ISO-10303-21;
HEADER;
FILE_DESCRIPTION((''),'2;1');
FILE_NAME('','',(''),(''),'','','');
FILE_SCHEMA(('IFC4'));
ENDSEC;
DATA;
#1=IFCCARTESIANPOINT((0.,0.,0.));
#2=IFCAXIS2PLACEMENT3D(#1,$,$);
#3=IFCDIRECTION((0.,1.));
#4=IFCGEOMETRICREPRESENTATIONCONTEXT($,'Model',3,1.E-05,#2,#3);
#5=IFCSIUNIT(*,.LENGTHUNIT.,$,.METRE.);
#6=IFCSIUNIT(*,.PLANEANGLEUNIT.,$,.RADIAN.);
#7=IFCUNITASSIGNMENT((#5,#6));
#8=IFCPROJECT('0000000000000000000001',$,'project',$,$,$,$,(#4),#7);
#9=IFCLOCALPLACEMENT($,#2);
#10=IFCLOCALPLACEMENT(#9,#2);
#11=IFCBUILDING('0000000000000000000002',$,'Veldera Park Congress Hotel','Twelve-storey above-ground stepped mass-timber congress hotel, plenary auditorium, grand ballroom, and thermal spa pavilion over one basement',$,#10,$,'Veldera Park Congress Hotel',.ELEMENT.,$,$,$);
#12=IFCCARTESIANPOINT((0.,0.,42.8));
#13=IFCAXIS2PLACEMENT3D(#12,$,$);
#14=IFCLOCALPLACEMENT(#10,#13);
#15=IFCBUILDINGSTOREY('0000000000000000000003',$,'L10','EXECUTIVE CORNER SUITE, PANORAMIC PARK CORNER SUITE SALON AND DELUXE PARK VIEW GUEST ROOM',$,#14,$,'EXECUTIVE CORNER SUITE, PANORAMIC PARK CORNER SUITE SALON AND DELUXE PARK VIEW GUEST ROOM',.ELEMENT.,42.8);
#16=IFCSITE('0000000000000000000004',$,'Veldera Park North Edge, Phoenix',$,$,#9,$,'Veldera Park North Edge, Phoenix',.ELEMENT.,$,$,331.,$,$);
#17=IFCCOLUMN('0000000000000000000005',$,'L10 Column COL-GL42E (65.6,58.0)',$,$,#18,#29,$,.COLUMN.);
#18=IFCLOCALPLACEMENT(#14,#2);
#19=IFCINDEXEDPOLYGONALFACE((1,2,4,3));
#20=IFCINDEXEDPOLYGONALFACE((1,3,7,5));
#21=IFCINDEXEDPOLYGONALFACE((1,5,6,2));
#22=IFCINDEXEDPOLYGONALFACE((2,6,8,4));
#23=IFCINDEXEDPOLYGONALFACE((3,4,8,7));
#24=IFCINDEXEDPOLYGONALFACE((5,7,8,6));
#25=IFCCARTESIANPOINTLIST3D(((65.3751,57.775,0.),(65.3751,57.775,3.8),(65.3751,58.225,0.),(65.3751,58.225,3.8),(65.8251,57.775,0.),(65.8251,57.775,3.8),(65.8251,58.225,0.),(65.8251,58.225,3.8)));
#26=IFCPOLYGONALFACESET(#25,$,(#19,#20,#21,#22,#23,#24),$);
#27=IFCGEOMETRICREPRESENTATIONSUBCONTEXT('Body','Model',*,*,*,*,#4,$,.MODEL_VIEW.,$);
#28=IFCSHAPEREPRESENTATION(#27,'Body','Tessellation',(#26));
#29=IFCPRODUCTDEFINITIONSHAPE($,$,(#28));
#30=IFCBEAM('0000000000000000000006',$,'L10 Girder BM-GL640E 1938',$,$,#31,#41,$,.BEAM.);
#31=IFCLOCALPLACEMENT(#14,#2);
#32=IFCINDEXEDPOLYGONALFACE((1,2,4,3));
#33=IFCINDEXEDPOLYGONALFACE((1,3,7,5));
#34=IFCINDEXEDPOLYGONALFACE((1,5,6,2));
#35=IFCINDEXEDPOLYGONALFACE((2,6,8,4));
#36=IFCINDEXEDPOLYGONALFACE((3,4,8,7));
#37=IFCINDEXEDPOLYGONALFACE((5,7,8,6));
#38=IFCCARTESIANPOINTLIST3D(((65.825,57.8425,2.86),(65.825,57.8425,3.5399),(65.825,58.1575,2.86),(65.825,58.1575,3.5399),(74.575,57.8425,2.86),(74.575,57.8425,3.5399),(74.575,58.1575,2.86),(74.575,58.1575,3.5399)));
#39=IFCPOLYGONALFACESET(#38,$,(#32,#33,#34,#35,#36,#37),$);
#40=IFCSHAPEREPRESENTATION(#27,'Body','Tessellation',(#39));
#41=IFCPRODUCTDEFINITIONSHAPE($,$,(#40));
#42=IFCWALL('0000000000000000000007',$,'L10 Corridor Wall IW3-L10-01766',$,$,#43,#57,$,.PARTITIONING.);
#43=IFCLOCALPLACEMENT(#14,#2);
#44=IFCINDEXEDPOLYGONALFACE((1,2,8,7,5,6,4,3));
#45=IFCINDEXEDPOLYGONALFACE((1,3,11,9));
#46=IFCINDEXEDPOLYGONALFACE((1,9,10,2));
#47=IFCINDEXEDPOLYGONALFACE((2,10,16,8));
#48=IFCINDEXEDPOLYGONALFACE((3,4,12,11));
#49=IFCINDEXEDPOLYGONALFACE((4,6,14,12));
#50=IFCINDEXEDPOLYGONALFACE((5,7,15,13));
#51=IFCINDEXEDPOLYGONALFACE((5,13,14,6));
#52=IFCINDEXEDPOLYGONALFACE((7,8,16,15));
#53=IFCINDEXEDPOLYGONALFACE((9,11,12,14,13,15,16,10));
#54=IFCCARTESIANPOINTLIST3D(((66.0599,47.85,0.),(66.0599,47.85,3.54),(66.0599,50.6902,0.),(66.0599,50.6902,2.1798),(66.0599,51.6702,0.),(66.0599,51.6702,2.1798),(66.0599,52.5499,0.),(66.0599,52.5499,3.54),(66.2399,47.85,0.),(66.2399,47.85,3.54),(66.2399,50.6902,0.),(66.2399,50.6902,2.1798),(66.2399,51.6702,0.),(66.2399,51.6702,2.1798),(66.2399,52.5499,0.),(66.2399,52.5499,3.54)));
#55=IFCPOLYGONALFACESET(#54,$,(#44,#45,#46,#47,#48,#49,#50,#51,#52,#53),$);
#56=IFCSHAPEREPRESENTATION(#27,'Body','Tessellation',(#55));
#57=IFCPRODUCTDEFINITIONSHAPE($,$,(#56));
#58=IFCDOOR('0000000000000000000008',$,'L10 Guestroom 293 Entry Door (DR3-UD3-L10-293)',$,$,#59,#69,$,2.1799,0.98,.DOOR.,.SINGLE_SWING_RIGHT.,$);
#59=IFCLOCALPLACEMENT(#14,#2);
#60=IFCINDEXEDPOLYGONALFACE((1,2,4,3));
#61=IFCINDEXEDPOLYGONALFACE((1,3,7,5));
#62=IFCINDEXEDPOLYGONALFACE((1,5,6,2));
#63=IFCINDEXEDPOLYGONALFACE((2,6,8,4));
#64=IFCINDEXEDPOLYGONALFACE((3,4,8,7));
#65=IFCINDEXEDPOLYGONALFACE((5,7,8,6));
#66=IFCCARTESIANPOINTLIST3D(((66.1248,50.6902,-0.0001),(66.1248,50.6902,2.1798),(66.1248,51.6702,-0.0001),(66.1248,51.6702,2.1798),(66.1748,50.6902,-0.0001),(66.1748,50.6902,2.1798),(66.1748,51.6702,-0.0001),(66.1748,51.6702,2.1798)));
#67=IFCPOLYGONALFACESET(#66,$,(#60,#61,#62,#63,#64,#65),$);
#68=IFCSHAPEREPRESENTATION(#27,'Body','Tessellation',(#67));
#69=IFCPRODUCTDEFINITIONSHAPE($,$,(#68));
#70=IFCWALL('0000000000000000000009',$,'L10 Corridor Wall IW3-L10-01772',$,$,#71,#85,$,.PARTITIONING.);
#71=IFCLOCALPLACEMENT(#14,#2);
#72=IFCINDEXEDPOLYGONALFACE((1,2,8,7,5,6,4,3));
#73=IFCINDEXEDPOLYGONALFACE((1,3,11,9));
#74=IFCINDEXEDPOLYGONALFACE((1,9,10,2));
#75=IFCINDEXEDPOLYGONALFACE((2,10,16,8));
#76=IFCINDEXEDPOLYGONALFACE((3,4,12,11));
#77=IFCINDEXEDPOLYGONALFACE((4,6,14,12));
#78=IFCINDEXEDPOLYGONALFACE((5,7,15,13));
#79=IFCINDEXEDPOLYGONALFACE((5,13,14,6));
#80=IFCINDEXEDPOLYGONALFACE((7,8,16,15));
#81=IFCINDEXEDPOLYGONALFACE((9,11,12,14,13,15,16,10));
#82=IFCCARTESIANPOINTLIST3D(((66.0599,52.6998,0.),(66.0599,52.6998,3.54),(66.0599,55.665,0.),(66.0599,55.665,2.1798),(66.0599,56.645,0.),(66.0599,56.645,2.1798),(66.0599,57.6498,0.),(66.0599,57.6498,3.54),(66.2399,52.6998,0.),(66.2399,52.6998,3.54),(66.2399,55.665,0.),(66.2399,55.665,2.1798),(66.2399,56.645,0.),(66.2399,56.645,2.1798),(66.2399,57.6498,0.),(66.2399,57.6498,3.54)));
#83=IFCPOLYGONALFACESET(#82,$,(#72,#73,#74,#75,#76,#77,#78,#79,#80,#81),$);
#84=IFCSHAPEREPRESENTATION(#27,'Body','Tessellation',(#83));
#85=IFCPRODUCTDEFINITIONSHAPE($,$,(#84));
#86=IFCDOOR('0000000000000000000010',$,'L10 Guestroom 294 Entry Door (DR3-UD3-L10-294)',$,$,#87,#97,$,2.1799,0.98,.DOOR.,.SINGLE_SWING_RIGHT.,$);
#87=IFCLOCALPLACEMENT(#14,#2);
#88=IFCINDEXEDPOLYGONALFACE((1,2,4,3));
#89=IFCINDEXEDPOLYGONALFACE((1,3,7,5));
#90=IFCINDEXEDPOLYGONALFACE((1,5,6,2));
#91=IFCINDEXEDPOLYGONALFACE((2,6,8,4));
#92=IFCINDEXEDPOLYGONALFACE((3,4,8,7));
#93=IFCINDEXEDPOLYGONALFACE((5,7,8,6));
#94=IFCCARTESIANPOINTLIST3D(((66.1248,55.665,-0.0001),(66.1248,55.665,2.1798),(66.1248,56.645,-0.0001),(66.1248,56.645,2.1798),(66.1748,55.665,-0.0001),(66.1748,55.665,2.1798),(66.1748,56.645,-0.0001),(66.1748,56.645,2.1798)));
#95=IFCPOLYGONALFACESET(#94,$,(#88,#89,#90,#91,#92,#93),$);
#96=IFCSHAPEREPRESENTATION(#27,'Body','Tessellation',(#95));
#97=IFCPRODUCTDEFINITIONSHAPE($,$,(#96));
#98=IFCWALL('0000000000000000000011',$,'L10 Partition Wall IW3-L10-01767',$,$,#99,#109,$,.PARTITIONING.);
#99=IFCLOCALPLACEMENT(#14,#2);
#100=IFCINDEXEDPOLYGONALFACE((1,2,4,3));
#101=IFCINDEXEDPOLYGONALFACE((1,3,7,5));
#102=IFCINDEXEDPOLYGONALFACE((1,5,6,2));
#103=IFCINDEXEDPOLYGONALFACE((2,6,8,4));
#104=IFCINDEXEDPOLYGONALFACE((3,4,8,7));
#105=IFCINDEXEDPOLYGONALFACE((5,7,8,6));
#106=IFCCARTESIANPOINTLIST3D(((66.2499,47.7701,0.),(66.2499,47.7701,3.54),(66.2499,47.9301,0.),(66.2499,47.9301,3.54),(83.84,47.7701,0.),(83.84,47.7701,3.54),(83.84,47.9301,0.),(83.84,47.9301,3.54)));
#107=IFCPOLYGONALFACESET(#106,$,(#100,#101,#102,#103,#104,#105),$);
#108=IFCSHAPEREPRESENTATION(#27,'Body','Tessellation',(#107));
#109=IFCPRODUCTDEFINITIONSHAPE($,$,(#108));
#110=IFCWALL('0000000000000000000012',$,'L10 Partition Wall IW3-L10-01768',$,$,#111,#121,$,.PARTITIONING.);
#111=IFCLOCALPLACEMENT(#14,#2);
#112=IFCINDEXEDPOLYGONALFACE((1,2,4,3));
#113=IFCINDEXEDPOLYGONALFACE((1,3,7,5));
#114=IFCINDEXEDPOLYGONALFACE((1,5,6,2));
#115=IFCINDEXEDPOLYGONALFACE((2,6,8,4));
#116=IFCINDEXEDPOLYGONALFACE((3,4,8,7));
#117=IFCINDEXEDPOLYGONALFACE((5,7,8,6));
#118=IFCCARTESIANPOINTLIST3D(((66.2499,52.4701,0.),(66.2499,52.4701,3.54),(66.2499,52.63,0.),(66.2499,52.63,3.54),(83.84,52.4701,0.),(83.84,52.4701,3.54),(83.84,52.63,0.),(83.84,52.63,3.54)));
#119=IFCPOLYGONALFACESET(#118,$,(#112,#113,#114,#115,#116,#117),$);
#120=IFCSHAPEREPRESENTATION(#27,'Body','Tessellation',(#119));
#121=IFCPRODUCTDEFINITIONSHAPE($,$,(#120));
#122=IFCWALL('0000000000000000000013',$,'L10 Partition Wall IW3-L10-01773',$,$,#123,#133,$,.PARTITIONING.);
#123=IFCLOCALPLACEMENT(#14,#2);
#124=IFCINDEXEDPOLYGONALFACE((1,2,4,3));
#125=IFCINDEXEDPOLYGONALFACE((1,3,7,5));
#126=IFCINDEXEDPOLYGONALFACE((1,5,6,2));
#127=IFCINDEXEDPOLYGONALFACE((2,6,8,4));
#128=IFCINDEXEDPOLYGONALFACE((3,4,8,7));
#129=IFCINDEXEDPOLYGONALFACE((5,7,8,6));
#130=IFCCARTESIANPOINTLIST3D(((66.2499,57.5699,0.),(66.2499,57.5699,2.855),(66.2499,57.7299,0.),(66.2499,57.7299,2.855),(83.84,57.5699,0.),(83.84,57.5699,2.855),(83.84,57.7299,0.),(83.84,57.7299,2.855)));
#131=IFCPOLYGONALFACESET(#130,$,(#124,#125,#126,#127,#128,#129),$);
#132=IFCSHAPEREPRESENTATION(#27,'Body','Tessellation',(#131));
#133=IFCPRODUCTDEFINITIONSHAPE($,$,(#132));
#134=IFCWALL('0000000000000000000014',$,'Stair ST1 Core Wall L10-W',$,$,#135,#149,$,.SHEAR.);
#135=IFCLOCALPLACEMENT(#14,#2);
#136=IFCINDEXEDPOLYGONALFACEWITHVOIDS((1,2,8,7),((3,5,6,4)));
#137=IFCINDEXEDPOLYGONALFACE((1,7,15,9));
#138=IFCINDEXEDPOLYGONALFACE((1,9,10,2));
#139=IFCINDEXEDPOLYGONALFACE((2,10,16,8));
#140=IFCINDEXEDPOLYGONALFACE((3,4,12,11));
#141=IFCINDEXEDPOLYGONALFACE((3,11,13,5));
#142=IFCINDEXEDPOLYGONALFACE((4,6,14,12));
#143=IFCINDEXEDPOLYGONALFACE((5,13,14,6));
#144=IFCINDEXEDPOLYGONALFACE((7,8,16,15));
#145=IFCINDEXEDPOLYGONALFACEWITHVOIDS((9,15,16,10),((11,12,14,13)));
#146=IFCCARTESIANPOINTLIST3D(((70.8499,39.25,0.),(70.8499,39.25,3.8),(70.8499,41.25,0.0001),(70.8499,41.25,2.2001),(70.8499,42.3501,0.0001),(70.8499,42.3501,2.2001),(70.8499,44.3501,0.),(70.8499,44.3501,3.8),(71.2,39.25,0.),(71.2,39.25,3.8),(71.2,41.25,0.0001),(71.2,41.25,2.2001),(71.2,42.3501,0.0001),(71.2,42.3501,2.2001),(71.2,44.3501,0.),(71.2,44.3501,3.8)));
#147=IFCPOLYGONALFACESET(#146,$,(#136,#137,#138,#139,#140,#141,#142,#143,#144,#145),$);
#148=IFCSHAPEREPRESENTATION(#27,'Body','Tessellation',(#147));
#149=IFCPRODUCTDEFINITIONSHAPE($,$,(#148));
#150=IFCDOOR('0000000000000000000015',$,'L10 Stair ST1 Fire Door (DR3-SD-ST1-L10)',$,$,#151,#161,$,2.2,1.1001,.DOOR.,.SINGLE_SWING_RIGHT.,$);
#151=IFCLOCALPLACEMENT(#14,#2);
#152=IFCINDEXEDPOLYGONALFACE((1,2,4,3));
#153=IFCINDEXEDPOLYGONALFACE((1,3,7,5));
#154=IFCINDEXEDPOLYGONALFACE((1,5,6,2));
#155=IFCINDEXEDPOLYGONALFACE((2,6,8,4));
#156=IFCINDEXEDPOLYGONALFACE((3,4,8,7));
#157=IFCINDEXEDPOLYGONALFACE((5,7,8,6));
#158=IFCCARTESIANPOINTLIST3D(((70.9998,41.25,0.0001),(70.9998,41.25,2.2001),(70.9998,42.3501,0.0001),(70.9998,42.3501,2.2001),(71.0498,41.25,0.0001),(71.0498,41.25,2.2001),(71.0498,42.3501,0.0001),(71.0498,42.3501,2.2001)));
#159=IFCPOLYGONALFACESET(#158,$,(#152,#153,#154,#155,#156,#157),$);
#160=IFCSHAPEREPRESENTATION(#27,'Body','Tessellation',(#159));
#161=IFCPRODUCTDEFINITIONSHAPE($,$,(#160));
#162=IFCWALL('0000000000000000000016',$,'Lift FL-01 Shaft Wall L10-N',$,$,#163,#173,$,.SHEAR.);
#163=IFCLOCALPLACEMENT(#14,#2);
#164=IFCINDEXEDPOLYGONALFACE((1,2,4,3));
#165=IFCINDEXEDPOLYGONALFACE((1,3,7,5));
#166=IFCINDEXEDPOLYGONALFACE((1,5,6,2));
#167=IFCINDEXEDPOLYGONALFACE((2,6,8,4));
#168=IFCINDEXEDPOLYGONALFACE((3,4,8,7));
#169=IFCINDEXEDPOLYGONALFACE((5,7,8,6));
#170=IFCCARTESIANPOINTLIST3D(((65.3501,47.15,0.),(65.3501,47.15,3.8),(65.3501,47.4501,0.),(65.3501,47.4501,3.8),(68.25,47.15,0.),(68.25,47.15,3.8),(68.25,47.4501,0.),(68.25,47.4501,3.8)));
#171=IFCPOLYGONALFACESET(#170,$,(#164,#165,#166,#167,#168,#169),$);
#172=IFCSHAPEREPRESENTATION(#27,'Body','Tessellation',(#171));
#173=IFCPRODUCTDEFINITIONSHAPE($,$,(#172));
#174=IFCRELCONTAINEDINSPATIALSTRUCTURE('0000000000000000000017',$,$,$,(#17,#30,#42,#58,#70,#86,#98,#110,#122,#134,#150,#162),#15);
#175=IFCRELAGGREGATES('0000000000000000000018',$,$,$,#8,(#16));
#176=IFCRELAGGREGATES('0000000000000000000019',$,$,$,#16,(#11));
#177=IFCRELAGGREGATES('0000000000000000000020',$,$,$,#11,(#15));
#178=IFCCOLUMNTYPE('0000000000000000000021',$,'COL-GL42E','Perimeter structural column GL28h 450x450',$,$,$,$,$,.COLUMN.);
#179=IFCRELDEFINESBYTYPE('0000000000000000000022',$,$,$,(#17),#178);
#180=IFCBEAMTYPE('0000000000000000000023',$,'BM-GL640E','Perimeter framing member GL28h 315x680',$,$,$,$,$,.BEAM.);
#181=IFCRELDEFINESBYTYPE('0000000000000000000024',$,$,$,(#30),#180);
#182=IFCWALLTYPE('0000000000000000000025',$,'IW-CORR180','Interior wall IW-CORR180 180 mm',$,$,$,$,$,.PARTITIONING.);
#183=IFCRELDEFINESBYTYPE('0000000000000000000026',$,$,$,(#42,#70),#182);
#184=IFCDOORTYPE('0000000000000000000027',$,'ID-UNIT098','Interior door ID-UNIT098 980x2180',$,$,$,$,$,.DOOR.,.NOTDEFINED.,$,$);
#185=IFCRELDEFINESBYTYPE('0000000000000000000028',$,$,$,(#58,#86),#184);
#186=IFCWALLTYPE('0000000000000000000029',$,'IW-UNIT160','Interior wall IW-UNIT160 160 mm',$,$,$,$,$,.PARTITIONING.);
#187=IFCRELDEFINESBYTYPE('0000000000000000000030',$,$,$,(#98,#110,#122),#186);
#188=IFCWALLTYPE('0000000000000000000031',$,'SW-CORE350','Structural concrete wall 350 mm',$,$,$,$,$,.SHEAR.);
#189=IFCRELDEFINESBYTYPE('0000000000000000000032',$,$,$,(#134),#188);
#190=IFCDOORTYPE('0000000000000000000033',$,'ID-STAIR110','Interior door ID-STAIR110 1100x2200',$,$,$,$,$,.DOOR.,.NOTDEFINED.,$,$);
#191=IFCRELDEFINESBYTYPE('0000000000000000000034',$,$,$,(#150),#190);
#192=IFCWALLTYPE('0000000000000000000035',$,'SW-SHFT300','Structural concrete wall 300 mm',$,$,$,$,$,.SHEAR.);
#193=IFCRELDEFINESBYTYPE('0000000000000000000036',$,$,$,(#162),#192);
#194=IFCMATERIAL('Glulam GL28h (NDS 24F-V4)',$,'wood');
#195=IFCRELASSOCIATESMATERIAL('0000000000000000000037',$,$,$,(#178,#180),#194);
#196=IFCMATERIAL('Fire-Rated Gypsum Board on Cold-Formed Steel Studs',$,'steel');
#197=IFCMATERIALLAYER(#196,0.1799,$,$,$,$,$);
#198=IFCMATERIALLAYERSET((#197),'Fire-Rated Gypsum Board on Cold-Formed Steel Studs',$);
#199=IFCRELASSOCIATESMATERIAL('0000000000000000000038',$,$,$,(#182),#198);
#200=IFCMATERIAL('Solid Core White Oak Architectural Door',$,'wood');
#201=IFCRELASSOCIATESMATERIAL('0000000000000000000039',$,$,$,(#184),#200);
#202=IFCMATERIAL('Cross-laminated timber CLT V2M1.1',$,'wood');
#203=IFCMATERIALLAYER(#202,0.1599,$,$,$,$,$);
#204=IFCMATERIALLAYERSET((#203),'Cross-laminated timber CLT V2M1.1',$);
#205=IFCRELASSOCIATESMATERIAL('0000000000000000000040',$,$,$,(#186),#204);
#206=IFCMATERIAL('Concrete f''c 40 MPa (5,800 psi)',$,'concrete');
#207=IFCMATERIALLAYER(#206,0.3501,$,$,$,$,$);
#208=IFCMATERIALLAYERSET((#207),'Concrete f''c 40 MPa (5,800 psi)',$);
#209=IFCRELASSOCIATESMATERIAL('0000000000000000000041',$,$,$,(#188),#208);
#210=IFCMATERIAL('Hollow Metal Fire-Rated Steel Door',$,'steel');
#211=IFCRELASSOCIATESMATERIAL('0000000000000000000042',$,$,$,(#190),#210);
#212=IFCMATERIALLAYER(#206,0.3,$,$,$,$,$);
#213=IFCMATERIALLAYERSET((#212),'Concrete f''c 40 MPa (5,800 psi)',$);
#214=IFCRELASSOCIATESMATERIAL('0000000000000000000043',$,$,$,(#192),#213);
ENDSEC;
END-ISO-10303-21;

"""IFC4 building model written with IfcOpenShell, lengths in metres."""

from ifc_helpers import new_model, si_unit, direction, frame, frame_2d, origin, origin_2d, place, context, subcontext, project, spatial, rectangle, extrude, material, layer, layer_set, material_profile, profile_set, type_object, element, fill, save


model = new_model("IFC4")

# Units and contexts
model_context = context("Model", 3, precision=1e-05, world=origin(), true_north=direction((0.0, 1.0)))
body_context = subcontext(model_context, "Body", "Model", "MODEL_VIEW")
ifc_project = project(units=[si_unit("LENGTHUNIT", "METRE"), si_unit("PLANEANGLEUNIT", "RADIAN")], contexts=[model_context])

# Site, building, storey
site_placement = place(None, origin())
site = spatial("IfcSite", under=ifc_project, at=site_placement, Name="Veldera Park North Edge, Phoenix", LongName="Veldera Park North Edge, Phoenix", CompositionType="ELEMENT", RefElevation=331.0)
building_placement = place(site_placement, origin())
building = spatial("IfcBuilding", under=site, at=building_placement, Name="Veldera Park Congress Hotel", Description="Twelve-storey above-ground stepped mass-timber congress hotel, plenary auditorium, grand ballroom, and thermal spa pavilion over one basement", LongName="Veldera Park Congress Hotel", CompositionType="ELEMENT")
storey_placement = place(building_placement, frame((0.0, 0.0, 42.8)))
storey = spatial("IfcBuildingStorey", under=building, at=storey_placement, Name="L10", Description="EXECUTIVE CORNER SUITE, PANORAMIC PARK CORNER SUITE SALON AND DELUXE PARK VIEW GUEST ROOM", LongName="EXECUTIVE CORNER SUITE, PANORAMIC PARK CORNER SUITE SALON AND DELUXE PARK VIEW GUEST ROOM", CompositionType="ELEMENT", Elevation=42.8)

# Column
ifc_material_1 = material(Name="Glulam GL28h (NDS 24F-V4)", Category="wood")
ifc_material_profile_1 = material_profile(ifc_material_1, rectangle(XDim=0.45, YDim=0.45, at=origin_2d()), Name="GL28h 450x450")
ifc_profile_set_1 = profile_set([ifc_material_profile_1], Name="Glulam GL28h (NDS 24F-V4)")
column_type = type_object("IfcColumnType", Name="COL-GL42E", Description="Perimeter structural column GL28h 450x450", PredefinedType="COLUMN", material=ifc_profile_set_1)
column_placement = place(storey_placement, frame((65.6001, 58.0, 0.0), z_axis=(0.0, 0.0, 1.0), x_axis=(1.0, 0.0, 0.0)))
element("IfcColumn", 1, at=column_placement, inside=storey, type_object=column_type, Name="L10 Column COL-GL42E (65.6,58.0)", PredefinedType="COLUMN", context=body_context, shape_type="SweptSolid", body=[
    extrude(rectangle(XDim=0.45, YDim=0.45, at=origin_2d()), origin(), (0.0, 0.0, 1.0), 3.8),
])

# Beam
ifc_material_profile_2 = material_profile(ifc_material_1, rectangle(XDim=0.3149, YDim=0.6799, at=origin_2d()), Name="GL28h 315x680")
ifc_profile_set_2 = profile_set([ifc_material_profile_2], Name="Glulam GL28h (NDS 24F-V4)")
beam_type = type_object("IfcBeamType", Name="BM-GL640E", Description="Perimeter framing member GL28h 315x680", PredefinedType="BEAM", material=ifc_profile_set_2)
beam_placement = place(storey_placement, frame((65.825, 58.0, 3.2), z_axis=(1.0, 0.0, 0.0), x_axis=(0.0, 1.0, 0.0)))
element("IfcBeam", 2, at=beam_placement, inside=storey, type_object=beam_type, Name="L10 Girder BM-GL640E 1938", PredefinedType="BEAM", context=body_context, shape_type="SweptSolid", body=[
    extrude(rectangle(XDim=0.3149, YDim=0.6799, at=origin_2d()), origin(), (0.0, 0.0, 1.0), 8.75),
])

# Walls, openings, doors
ifc_material_2 = material(Name="Fire-Rated Gypsum Board on Cold-Formed Steel Studs", Category="steel")
ifc_layer_1 = layer(ifc_material_2, 0.1799)
ifc_layer_set_1 = layer_set([ifc_layer_1], Name="Fire-Rated Gypsum Board on Cold-Formed Steel Studs")
wall_type_1 = type_object("IfcWallType", Name="IW-CORR180", Description="Interior wall IW-CORR180 180 mm", PredefinedType="PARTITIONING", material=ifc_layer_set_1)
wall_1_placement = place(storey_placement, frame((66.1499, 52.55, 0.0), z_axis=(0.0, 0.0, 1.0), x_axis=(0.0, -1.0, 0.0)))
wall_1 = element("IfcWall", 3, at=wall_1_placement, inside=storey, type_object=wall_type_1, Name="L10 Corridor Wall IW3-L10-01766", PredefinedType="PARTITIONING", context=body_context, shape_type="SweptSolid", body=[
    extrude(rectangle(XDim=4.7, YDim=0.1799, at=frame_2d((2.3501, 0.0))), origin(), (0.0, 0.0, 1.0), 3.54),
])
opening_1_placement = place(wall_1_placement, frame((0.8799, 0.0, 0.0)))
opening_1 = element("IfcOpeningElement", 4, at=opening_1_placement, cuts=wall_1, PredefinedType="OPENING", context=body_context, shape_type="SweptSolid", body=[
    extrude(rectangle(XDim=0.98, YDim=2.1799, at=frame_2d((0.49, 1.0898))), frame((0.0, 0.1021, 0.0), z_axis=(0.0, -1.0, 0.0), x_axis=(1.0, 0.0, 0.0)), (0.0, 0.0, 1.0), 0.2039),
])
ifc_material_3 = material(Name="Solid Core White Oak Architectural Door", Category="wood")
door_type_1 = type_object("IfcDoorType", Name="ID-UNIT098", Description="Interior door ID-UNIT098 980x2180", OperationType="NOTDEFINED", PredefinedType="DOOR", material=ifc_material_3)
door_1_placement = place(opening_1_placement, origin())
door_1 = element("IfcDoor", 5, at=door_1_placement, inside=storey, type_object=door_type_1, Name="L10 Guestroom 293 Entry Door (DR3-UD3-L10-293)", OperationType="SINGLE_SWING_RIGHT", OverallHeight=2.1799, OverallWidth=0.98, PredefinedType="DOOR", context=body_context, shape_type="SweptSolid", body=[
    extrude(rectangle(XDim=0.98, YDim=2.1799, at=frame_2d((0.49, 1.0898))), frame((0.0, 0.0249, 0.0), z_axis=(0.0, -1.0, 0.0), x_axis=(1.0, 0.0, 0.0)), (0.0, 0.0, 1.0), 0.05),
])
fill(opening_1, door_1)
wall_2_placement = place(storey_placement, frame((66.1499, 57.6499, 0.0), z_axis=(0.0, 0.0, 1.0), x_axis=(0.0, -1.0, 0.0)))
wall_2 = element("IfcWall", 6, at=wall_2_placement, inside=storey, type_object=wall_type_1, Name="L10 Corridor Wall IW3-L10-01772", PredefinedType="PARTITIONING", context=body_context, shape_type="SweptSolid", body=[
    extrude(rectangle(XDim=4.95, YDim=0.1799, at=frame_2d((2.4751, 0.0))), origin(), (0.0, 0.0, 1.0), 3.54),
])
opening_2_placement = place(wall_2_placement, frame((1.0049, 0.0, 0.0)))
opening_2 = element("IfcOpeningElement", 7, at=opening_2_placement, cuts=wall_2, PredefinedType="OPENING", context=body_context, shape_type="SweptSolid", body=[
    extrude(rectangle(XDim=0.98, YDim=2.1799, at=frame_2d((0.49, 1.0898))), frame((0.0, 0.1021, 0.0), z_axis=(0.0, -1.0, 0.0), x_axis=(1.0, 0.0, 0.0)), (0.0, 0.0, 1.0), 0.2039),
])
door_2_placement = place(opening_2_placement, origin())
door_2 = element("IfcDoor", 8, at=door_2_placement, inside=storey, type_object=door_type_1, Name="L10 Guestroom 294 Entry Door (DR3-UD3-L10-294)", OperationType="SINGLE_SWING_RIGHT", OverallHeight=2.1799, OverallWidth=0.98, PredefinedType="DOOR", context=body_context, shape_type="SweptSolid", body=[
    extrude(rectangle(XDim=0.98, YDim=2.1799, at=frame_2d((0.49, 1.0898))), frame((0.0, 0.0249, 0.0), z_axis=(0.0, -1.0, 0.0), x_axis=(1.0, 0.0, 0.0)), (0.0, 0.0, 1.0), 0.05),
])
fill(opening_2, door_2)

# Walls
ifc_material_4 = material(Name="Cross-laminated timber CLT V2M1.1", Category="wood")
ifc_layer_2 = layer(ifc_material_4, 0.1599)
ifc_layer_set_2 = layer_set([ifc_layer_2], Name="Cross-laminated timber CLT V2M1.1")
wall_type_2 = type_object("IfcWallType", Name="IW-UNIT160", Description="Interior wall IW-UNIT160 160 mm", PredefinedType="PARTITIONING", material=ifc_layer_set_2)
for number, where, z_axis, x_axis, name in (
    (9, (66.25, 47.8501, 0.0), (0.0, 0.0, 1.0), (1.0, 0.0, 0.0), "L10 Partition Wall IW3-L10-01767"),
    (10, (66.25, 52.55, 0.0), (0.0, 0.0, 1.0), (1.0, 0.0, 0.0), "L10 Partition Wall IW3-L10-01768"),
):
    element("IfcWall", number, at=place(storey_placement, frame(where, z_axis=z_axis, x_axis=x_axis)), inside=storey, type_object=wall_type_2, Name=name, PredefinedType="PARTITIONING", context=body_context, shape_type="SweptSolid", body=[
        extrude(rectangle(XDim=17.5901, YDim=0.1599, at=frame_2d((8.7949, 0.0))), origin(), (0.0, 0.0, 1.0), 3.54),
    ])
wall_3_placement = place(storey_placement, frame((66.25, 57.6499, 0.0), z_axis=(0.0, 0.0, 1.0), x_axis=(1.0, 0.0, 0.0)))
element("IfcWall", 11, at=wall_3_placement, inside=storey, type_object=wall_type_2, Name="L10 Partition Wall IW3-L10-01773", PredefinedType="PARTITIONING", context=body_context, shape_type="SweptSolid", body=[
    extrude(rectangle(XDim=17.5901, YDim=0.1599, at=frame_2d((8.7949, 0.0))), origin(), (0.0, 0.0, 1.0), 2.855),
])

# Wall, opening, door
ifc_material_5 = material(Name="Concrete f'c 40 MPa (5,800 psi)", Category="concrete")
ifc_layer_3 = layer(ifc_material_5, 0.3501)
ifc_layer_set_3 = layer_set([ifc_layer_3], Name="Concrete f'c 40 MPa (5,800 psi)")
wall_type_3 = type_object("IfcWallType", Name="SW-CORE350", Description="Structural concrete wall 350 mm", PredefinedType="SHEAR", material=ifc_layer_set_3)
wall_4_placement = place(storey_placement, frame((71.0249, 44.3501, 0.0), z_axis=(0.0, 0.0, 1.0), x_axis=(0.0, -1.0, 0.0)))
wall_4 = element("IfcWall", 12, at=wall_4_placement, inside=storey, type_object=wall_type_3, Name="Stair ST1 Core Wall L10-W", PredefinedType="SHEAR", context=body_context, shape_type="SweptSolid", body=[
    extrude(rectangle(XDim=5.1001, YDim=0.3501, at=frame_2d((2.55, 0.0))), origin(), (0.0, 0.0, 1.0), 3.8),
])
opening_3_placement = place(wall_4_placement, frame((2.0, 0.0, 0.0)))
opening_3 = element("IfcOpeningElement", 13, at=opening_3_placement, cuts=wall_4, PredefinedType="OPENING", context=body_context, shape_type="SweptSolid", body=[
    extrude(rectangle(XDim=1.1001, YDim=2.2, at=frame_2d((0.55, 1.1001))), frame((0.0, 0.187, 0.0), z_axis=(0.0, -1.0, 0.0), x_axis=(1.0, 0.0, 0.0)), (0.0, 0.0, 1.0), 0.374),
])
ifc_material_6 = material(Name="Hollow Metal Fire-Rated Steel Door", Category="steel")
door_type_2 = type_object("IfcDoorType", Name="ID-STAIR110", Description="Interior door ID-STAIR110 1100x2200", OperationType="NOTDEFINED", PredefinedType="DOOR", material=ifc_material_6)
door_3_placement = place(opening_3_placement, origin())
door_3 = element("IfcDoor", 14, at=door_3_placement, inside=storey, type_object=door_type_2, Name="L10 Stair ST1 Fire Door (DR3-SD-ST1-L10)", OperationType="SINGLE_SWING_RIGHT", OverallHeight=2.2, OverallWidth=1.1001, PredefinedType="DOOR", context=body_context, shape_type="SweptSolid", body=[
    extrude(rectangle(XDim=1.1001, YDim=2.2, at=frame_2d((0.55, 1.1001))), frame((0.0, 0.0249, 0.0), z_axis=(0.0, -1.0, 0.0), x_axis=(1.0, 0.0, 0.0)), (0.0, 0.0, 1.0), 0.05),
])
fill(opening_3, door_3)

# Wall
ifc_layer_4 = layer(ifc_material_5, 0.3)
ifc_layer_set_4 = layer_set([ifc_layer_4], Name="Concrete f'c 40 MPa (5,800 psi)")
wall_type_4 = type_object("IfcWallType", Name="SW-SHFT300", Description="Structural concrete wall 300 mm", PredefinedType="SHEAR", material=ifc_layer_set_4)
for number, where, z_axis, x_axis, name in (
    (15, (68.25, 47.3, 0.0), (0.0, 0.0, 1.0), (-1.0, 0.0, 0.0), "Lift FL-01 Shaft Wall L10-N"),
):
    element("IfcWall", number, at=place(storey_placement, frame(where, z_axis=z_axis, x_axis=x_axis)), inside=storey, type_object=wall_type_4, Name=name, PredefinedType="SHEAR", context=body_context, shape_type="SweptSolid", body=[
        extrude(rectangle(XDim=2.8999, YDim=0.3, at=frame_2d((1.45, 0.0))), origin(), (0.0, 0.0, 1.0), 3.8),
    ])

save(model, "model.ifc")
